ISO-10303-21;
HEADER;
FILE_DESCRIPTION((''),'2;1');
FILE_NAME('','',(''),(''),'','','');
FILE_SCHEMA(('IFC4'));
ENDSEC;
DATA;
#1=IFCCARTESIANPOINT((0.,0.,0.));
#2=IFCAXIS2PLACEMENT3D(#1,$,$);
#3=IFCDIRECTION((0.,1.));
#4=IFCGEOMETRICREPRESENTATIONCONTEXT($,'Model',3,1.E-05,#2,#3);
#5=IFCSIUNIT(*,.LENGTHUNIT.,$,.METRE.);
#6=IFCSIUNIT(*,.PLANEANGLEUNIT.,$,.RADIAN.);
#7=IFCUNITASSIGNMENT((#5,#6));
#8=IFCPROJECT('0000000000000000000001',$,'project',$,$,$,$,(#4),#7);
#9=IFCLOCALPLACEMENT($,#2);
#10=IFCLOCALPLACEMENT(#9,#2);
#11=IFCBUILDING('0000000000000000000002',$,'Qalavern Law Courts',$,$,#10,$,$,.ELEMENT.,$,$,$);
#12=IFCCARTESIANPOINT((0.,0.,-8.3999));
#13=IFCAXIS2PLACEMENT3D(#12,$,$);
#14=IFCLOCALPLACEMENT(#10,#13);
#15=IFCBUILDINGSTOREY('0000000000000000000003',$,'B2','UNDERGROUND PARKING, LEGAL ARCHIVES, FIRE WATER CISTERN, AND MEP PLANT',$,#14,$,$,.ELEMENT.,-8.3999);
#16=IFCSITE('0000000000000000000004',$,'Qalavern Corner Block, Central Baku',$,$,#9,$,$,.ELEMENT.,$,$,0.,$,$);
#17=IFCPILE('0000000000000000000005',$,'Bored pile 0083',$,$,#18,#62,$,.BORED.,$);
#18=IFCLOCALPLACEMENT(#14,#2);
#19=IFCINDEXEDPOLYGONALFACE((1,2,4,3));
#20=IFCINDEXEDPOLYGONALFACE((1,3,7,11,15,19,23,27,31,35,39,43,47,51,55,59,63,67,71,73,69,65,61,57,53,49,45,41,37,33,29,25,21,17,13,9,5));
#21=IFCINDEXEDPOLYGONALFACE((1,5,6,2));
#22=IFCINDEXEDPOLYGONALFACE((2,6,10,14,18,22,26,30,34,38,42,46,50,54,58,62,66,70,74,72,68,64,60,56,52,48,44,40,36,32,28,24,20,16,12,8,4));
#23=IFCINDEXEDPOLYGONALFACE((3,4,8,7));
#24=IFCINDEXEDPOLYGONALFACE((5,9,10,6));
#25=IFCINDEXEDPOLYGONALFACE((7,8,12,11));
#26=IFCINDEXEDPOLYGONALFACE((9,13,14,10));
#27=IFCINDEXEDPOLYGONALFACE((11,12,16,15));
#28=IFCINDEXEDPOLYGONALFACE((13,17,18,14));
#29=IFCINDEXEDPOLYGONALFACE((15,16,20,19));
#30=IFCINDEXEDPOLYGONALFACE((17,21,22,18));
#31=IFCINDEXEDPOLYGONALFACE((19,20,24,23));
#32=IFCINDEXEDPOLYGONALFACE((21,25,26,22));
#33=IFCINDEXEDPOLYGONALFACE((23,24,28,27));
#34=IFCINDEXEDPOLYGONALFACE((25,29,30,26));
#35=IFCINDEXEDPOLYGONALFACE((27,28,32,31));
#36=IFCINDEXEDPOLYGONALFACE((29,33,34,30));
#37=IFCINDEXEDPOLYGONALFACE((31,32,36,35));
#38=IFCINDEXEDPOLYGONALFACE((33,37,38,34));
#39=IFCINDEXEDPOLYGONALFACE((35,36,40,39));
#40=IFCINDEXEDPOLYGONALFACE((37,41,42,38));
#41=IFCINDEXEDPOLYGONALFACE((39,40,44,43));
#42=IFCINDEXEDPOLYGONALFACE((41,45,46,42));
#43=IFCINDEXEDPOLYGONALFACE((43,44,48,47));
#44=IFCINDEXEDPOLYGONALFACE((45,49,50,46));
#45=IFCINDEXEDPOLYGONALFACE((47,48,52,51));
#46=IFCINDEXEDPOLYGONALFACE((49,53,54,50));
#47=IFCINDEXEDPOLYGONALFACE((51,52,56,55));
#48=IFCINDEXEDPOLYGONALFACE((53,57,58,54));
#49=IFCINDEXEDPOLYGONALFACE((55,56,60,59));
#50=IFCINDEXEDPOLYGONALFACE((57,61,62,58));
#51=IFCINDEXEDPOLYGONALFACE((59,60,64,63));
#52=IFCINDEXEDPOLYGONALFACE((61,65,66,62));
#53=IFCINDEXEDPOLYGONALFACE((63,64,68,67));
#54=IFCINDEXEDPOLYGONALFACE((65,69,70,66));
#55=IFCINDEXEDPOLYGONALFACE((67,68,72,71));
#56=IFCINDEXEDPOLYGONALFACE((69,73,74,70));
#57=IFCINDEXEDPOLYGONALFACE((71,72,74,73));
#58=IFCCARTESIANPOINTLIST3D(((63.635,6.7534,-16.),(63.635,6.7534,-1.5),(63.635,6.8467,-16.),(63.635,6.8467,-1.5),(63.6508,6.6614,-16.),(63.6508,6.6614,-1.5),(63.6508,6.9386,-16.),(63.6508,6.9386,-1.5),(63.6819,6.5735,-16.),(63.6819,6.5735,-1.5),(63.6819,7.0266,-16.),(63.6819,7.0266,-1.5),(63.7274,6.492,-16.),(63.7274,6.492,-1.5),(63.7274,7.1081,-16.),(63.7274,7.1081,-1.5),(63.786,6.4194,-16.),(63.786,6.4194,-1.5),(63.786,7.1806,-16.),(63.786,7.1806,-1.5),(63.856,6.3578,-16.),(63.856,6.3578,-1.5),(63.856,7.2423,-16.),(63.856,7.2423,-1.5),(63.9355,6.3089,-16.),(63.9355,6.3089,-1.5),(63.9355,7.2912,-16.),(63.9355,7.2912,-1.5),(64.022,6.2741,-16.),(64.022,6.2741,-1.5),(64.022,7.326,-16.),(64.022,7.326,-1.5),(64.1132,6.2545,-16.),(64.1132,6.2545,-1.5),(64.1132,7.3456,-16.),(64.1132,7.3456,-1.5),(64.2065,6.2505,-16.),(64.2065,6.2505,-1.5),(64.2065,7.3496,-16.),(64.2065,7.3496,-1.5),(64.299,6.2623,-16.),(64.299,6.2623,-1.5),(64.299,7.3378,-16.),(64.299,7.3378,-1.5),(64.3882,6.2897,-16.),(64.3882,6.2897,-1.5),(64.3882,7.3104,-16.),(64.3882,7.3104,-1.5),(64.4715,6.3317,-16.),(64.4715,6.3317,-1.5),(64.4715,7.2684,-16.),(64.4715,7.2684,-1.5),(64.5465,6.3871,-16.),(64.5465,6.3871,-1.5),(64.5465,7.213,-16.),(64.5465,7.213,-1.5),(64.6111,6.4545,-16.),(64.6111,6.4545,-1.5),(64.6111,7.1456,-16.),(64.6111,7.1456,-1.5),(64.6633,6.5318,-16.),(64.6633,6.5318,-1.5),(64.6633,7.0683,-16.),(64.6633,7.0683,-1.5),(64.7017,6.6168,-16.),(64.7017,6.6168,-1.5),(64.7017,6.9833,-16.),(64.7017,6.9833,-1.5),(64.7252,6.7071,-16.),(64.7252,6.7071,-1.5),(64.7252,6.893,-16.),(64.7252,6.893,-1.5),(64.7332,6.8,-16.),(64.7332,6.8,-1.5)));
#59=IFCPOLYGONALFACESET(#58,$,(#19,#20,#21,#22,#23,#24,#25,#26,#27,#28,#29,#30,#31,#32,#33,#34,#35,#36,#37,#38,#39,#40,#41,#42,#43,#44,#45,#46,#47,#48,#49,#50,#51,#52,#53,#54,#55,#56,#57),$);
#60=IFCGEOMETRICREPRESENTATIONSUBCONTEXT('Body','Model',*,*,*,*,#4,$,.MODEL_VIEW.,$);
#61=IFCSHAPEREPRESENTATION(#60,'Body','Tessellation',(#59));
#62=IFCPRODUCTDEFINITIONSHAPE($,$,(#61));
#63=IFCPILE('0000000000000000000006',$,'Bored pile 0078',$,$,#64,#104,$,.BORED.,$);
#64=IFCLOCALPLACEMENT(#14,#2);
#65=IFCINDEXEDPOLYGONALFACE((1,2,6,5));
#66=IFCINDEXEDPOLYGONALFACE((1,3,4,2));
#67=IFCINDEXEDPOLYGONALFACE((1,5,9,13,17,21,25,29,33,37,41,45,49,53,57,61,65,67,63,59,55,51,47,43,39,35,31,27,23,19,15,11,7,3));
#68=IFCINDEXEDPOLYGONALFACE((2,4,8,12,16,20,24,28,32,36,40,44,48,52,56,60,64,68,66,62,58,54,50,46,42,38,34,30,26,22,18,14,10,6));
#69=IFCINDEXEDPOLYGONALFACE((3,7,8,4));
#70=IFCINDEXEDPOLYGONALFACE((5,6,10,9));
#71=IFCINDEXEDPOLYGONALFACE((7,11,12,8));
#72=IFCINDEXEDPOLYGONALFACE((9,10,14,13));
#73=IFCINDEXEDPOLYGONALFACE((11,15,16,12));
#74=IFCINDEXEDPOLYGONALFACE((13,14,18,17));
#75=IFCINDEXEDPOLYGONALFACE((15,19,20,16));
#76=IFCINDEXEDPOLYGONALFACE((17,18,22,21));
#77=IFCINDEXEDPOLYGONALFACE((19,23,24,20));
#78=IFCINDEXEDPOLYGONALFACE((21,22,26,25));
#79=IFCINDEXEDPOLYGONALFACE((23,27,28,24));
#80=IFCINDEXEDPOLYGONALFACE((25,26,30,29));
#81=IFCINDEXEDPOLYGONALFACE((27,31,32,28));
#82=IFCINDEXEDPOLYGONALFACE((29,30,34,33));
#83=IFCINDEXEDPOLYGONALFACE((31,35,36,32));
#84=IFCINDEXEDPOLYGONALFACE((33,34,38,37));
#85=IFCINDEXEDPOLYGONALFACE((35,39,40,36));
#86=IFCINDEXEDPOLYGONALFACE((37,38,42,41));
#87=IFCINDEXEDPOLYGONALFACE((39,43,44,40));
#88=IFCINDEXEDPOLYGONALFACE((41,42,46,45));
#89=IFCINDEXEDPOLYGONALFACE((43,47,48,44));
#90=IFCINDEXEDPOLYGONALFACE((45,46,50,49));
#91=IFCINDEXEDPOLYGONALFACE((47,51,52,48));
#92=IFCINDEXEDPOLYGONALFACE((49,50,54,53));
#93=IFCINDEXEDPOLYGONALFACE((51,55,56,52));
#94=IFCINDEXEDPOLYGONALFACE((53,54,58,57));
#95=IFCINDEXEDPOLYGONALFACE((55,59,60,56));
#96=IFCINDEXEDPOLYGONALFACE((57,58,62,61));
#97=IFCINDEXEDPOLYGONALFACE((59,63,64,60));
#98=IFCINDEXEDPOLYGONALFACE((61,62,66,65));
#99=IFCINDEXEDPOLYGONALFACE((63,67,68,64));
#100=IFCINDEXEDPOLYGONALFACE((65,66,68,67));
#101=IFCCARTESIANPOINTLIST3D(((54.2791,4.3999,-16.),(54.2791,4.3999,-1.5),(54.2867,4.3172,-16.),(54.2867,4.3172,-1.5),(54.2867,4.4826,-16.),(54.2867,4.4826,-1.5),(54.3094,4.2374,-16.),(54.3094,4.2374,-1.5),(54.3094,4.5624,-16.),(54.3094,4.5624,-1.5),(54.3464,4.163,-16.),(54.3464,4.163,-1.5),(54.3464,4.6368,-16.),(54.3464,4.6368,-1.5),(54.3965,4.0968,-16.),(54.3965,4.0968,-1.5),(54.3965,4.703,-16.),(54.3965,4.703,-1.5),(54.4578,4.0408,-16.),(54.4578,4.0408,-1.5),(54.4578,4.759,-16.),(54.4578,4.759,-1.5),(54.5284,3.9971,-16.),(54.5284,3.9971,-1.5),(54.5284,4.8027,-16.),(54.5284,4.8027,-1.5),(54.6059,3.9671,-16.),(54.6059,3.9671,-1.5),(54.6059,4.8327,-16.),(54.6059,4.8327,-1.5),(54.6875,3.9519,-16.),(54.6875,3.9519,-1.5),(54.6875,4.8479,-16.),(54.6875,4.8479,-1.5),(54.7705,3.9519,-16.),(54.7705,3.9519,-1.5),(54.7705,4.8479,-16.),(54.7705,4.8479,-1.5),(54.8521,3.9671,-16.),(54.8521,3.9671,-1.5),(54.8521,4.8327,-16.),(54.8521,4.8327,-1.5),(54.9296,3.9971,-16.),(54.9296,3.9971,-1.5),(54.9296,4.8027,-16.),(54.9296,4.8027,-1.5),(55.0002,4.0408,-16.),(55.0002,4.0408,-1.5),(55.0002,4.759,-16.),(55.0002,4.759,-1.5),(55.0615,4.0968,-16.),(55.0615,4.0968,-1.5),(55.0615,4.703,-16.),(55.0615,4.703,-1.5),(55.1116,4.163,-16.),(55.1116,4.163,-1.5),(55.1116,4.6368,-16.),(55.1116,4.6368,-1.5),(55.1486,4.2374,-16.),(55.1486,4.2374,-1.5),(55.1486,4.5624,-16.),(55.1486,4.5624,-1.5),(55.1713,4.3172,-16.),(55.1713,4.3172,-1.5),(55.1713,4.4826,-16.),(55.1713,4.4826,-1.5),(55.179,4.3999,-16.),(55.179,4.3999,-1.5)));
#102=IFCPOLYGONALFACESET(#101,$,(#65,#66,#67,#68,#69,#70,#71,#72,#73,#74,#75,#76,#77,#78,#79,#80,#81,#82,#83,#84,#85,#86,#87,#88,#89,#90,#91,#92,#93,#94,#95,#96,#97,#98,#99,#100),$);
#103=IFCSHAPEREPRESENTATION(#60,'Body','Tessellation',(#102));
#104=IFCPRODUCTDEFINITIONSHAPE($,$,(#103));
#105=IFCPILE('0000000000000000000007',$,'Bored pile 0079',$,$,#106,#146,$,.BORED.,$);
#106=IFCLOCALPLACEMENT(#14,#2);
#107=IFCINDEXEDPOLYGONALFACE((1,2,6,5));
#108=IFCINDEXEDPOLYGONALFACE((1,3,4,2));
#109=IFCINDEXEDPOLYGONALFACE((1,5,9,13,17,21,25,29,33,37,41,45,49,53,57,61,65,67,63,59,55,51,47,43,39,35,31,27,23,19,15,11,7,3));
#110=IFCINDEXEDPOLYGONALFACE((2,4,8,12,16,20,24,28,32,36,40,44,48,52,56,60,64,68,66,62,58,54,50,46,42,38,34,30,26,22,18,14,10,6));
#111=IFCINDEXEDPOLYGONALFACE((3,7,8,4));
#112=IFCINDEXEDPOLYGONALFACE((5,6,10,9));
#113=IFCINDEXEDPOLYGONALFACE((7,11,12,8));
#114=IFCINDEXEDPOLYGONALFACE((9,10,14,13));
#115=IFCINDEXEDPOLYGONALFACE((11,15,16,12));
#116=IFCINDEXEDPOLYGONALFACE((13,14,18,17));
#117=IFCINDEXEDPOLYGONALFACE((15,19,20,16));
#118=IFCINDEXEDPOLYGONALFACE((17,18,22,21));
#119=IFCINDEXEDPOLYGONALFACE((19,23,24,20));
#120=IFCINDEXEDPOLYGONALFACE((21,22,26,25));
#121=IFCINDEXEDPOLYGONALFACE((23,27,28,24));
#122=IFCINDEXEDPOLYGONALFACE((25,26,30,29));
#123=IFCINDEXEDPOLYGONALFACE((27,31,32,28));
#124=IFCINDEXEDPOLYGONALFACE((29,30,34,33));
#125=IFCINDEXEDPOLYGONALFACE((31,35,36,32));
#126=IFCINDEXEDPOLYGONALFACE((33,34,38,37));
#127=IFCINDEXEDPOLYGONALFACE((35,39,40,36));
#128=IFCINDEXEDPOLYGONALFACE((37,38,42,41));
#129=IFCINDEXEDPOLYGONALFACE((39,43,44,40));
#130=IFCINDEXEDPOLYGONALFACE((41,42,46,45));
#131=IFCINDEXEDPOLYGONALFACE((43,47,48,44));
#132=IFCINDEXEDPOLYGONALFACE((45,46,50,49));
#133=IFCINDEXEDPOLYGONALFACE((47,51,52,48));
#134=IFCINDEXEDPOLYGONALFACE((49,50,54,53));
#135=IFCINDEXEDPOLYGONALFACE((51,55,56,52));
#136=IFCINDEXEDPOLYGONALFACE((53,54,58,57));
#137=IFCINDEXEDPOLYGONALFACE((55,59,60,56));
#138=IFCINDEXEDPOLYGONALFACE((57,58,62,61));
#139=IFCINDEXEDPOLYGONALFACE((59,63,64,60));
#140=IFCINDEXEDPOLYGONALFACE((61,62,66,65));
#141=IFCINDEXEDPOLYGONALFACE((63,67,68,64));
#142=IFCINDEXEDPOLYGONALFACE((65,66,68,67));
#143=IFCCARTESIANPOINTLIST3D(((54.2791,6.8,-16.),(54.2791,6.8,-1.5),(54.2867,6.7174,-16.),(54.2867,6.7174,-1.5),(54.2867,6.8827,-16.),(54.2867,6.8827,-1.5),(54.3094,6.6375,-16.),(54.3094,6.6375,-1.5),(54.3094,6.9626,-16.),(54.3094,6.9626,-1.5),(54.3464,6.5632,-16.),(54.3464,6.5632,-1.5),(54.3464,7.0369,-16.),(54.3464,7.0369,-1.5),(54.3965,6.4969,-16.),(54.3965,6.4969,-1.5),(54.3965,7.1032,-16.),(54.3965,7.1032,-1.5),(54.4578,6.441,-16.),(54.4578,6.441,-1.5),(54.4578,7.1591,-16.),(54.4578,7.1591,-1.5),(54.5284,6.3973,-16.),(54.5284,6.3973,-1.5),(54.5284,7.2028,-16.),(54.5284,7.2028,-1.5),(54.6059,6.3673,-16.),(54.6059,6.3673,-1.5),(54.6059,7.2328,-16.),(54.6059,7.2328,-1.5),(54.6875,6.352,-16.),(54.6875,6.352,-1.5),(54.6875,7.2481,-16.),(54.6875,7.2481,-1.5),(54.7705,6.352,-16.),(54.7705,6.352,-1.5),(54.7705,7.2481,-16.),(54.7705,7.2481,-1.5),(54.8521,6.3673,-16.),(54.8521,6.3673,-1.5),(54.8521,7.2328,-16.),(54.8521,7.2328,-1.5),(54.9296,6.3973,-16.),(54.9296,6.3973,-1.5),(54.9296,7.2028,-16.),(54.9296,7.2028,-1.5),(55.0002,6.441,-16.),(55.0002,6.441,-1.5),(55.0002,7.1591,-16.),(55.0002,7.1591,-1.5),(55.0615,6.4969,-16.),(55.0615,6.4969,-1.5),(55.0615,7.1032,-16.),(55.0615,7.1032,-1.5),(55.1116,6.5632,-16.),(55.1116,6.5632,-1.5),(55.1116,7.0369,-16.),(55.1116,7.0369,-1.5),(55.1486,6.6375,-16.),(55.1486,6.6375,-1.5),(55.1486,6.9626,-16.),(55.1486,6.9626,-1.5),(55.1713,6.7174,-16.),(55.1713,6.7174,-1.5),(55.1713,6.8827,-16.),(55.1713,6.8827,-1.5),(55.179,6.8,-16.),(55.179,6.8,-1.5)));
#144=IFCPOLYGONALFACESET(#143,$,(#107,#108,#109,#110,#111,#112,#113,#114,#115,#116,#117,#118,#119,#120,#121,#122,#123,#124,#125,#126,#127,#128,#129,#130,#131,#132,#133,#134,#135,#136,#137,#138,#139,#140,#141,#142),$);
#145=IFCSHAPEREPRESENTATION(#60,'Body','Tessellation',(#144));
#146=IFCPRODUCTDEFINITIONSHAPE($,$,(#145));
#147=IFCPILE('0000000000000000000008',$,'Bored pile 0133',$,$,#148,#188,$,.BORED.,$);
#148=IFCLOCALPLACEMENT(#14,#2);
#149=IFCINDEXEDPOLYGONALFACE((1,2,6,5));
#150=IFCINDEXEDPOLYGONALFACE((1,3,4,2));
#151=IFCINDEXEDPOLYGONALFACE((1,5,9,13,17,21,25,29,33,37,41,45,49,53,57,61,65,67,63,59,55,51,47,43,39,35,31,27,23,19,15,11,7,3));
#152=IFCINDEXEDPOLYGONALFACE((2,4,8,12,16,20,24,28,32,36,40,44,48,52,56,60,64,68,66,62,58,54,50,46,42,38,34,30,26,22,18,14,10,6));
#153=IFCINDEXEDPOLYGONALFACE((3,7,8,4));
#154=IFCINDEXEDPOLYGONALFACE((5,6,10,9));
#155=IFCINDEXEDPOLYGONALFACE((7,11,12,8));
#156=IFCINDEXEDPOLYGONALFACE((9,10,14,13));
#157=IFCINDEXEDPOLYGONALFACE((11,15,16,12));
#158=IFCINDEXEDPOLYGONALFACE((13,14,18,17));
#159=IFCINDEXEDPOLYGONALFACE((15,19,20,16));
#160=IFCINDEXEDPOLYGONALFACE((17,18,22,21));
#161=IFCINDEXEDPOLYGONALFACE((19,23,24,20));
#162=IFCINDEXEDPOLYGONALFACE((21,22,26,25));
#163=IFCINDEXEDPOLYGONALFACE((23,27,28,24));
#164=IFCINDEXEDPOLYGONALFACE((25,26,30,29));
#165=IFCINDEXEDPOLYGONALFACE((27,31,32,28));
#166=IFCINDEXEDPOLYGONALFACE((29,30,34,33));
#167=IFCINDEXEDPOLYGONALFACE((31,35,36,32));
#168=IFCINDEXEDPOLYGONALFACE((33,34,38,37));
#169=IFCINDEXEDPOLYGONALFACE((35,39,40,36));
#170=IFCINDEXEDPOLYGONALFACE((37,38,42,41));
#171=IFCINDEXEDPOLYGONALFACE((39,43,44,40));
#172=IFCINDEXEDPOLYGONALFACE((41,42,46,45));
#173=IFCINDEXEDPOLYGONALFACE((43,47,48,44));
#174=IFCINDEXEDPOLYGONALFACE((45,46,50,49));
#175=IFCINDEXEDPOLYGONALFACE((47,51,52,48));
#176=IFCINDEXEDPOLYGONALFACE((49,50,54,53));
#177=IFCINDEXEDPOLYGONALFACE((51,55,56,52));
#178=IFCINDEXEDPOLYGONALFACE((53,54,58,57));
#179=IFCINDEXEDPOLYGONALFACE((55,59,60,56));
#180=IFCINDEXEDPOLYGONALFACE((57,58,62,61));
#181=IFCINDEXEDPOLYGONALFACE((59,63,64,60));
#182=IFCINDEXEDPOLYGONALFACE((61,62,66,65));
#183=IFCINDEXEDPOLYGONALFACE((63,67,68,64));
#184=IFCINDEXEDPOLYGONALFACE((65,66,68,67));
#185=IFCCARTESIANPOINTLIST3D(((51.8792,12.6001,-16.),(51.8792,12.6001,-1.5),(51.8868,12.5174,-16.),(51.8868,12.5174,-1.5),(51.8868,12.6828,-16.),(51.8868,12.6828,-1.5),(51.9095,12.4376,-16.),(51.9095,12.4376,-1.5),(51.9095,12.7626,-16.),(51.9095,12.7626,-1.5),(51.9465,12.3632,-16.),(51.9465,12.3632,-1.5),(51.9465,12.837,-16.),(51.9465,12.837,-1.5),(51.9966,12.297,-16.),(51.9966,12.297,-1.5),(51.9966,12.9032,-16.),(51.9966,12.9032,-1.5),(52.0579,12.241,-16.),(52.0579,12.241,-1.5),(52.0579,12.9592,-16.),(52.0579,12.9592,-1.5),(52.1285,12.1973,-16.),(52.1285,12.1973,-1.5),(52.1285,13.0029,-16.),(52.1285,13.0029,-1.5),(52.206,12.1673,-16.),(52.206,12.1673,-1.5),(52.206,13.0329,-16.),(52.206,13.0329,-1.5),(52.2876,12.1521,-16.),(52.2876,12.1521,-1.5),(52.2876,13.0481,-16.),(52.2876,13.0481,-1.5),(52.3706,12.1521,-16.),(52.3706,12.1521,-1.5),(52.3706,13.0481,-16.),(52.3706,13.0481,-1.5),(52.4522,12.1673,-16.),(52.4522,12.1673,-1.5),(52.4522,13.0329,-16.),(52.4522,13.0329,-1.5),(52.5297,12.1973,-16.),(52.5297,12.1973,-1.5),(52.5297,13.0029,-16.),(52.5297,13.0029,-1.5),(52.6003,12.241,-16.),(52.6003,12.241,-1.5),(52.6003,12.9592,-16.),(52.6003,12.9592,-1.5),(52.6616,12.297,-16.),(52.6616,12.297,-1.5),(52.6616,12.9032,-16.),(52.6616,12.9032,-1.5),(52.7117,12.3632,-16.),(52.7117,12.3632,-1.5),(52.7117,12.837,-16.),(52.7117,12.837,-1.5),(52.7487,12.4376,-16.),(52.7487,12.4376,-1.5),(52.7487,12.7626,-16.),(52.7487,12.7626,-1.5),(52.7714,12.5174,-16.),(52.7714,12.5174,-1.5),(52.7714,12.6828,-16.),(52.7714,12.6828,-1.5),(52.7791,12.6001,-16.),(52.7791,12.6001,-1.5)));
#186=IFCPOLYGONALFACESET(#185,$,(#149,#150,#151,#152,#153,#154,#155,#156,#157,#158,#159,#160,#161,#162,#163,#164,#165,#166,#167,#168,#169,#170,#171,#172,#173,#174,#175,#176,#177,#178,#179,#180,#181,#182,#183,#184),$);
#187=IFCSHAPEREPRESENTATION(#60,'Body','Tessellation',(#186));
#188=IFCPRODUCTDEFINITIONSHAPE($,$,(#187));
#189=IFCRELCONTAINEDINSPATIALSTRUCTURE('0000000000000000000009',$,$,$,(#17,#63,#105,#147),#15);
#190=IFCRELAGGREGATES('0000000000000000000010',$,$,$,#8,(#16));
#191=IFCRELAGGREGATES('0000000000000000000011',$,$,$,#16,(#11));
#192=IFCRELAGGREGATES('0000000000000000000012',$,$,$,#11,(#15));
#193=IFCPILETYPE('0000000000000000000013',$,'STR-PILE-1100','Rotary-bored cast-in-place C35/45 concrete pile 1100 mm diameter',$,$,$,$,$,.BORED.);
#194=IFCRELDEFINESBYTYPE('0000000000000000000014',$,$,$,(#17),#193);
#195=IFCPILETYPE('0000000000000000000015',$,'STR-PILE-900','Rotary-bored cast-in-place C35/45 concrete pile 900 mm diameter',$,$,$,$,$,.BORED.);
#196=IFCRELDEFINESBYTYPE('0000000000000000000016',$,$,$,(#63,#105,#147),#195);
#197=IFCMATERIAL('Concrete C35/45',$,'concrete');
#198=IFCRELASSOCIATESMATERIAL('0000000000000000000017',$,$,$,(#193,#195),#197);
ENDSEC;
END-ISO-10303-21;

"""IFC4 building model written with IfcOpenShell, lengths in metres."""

from ifc_helpers import new_model, si_unit, direction, frame, origin, origin_2d, place, context, subcontext, project, spatial, circle, extrude, material, material_profile, profile_set, type_object, element, save


model = new_model("IFC4")

# Units and contexts
model_context = context("Model", 3, precision=1e-05, world=origin(), true_north=direction((0.0, 1.0)))
body_context = subcontext(model_context, "Body", "Model", "MODEL_VIEW")
ifc_project = project(units=[si_unit("LENGTHUNIT", "METRE"), si_unit("PLANEANGLEUNIT", "RADIAN")], contexts=[model_context])

# Site, building, storey
site_placement = place(None, origin())
site = spatial("IfcSite", under=ifc_project, at=site_placement, Name="Qalavern Corner Block, Central Baku", CompositionType="ELEMENT", RefElevation=0.0)
building_placement = place(site_placement, origin())
building = spatial("IfcBuilding", under=site, at=building_placement, Name="Qalavern Law Courts", CompositionType="ELEMENT")
storey_placement = place(building_placement, frame((0.0, 0.0, -8.3999)))
storey = spatial("IfcBuildingStorey", under=building, at=storey_placement, Name="B2", Description="UNDERGROUND PARKING, LEGAL ARCHIVES, FIRE WATER CISTERN, AND MEP PLANT", CompositionType="ELEMENT", Elevation=-8.3999)

# Shared definitions
ifc_material_1 = material(Name="Concrete C35/45", Category="concrete")

# Piles
ifc_material_profile_1 = material_profile(ifc_material_1, circle(Radius=0.55, at=origin_2d()), Name="BORED PILE 1100")
ifc_profile_set_1 = profile_set([ifc_material_profile_1], Name="Concrete C35/45")
pile_type_1 = type_object("IfcPileType", Name="STR-PILE-1100", Description="Rotary-bored cast-in-place C35/45 concrete pile 1100 mm diameter", PredefinedType="BORED", material=ifc_profile_set_1)
for number, where, z_axis, x_axis, name in (
    (1, (64.1831, 6.8, -1.5), (0.0, 0.0, -1.0), (1.0, 0.0, 0.0), "Bored pile 0083"),
):
    element("IfcPile", number, at=place(storey_placement, frame(where, z_axis=z_axis, x_axis=x_axis)), inside=storey, type_object=pile_type_1, Name=name, PredefinedType="BORED", context=body_context, shape_type="SweptSolid", body=[
        extrude(circle(Radius=0.55, at=origin_2d()), origin(), (0.0, 0.0, 1.0), 14.5),
    ])
ifc_material_profile_2 = material_profile(ifc_material_1, circle(Radius=0.45, at=origin_2d()), Name="BORED PILE 900")
ifc_profile_set_2 = profile_set([ifc_material_profile_2], Name="Concrete C35/45")
pile_type_2 = type_object("IfcPileType", Name="STR-PILE-900", Description="Rotary-bored cast-in-place C35/45 concrete pile 900 mm diameter", PredefinedType="BORED", material=ifc_profile_set_2)
for number, where, z_axis, x_axis, name in (
    (2, (54.729, 4.3999, -1.5), (0.0, 0.0, -1.0), (1.0, 0.0, 0.0), "Bored pile 0078"),
    (3, (54.729, 6.8, -1.5), (0.0, 0.0, -1.0), (1.0, 0.0, 0.0), "Bored pile 0079"),
    (4, (52.3291, 12.6001, -1.5), (0.0, 0.0, -1.0), (1.0, 0.0, 0.0), "Bored pile 0133"),
):
    element("IfcPile", number, at=place(storey_placement, frame(where, z_axis=z_axis, x_axis=x_axis)), inside=storey, type_object=pile_type_2, Name=name, PredefinedType="BORED", context=body_context, shape_type="SweptSolid", body=[
        extrude(circle(Radius=0.45, at=origin_2d()), origin(), (0.0, 0.0, 1.0), 14.5),
    ])

save(model, "model.ifc")
